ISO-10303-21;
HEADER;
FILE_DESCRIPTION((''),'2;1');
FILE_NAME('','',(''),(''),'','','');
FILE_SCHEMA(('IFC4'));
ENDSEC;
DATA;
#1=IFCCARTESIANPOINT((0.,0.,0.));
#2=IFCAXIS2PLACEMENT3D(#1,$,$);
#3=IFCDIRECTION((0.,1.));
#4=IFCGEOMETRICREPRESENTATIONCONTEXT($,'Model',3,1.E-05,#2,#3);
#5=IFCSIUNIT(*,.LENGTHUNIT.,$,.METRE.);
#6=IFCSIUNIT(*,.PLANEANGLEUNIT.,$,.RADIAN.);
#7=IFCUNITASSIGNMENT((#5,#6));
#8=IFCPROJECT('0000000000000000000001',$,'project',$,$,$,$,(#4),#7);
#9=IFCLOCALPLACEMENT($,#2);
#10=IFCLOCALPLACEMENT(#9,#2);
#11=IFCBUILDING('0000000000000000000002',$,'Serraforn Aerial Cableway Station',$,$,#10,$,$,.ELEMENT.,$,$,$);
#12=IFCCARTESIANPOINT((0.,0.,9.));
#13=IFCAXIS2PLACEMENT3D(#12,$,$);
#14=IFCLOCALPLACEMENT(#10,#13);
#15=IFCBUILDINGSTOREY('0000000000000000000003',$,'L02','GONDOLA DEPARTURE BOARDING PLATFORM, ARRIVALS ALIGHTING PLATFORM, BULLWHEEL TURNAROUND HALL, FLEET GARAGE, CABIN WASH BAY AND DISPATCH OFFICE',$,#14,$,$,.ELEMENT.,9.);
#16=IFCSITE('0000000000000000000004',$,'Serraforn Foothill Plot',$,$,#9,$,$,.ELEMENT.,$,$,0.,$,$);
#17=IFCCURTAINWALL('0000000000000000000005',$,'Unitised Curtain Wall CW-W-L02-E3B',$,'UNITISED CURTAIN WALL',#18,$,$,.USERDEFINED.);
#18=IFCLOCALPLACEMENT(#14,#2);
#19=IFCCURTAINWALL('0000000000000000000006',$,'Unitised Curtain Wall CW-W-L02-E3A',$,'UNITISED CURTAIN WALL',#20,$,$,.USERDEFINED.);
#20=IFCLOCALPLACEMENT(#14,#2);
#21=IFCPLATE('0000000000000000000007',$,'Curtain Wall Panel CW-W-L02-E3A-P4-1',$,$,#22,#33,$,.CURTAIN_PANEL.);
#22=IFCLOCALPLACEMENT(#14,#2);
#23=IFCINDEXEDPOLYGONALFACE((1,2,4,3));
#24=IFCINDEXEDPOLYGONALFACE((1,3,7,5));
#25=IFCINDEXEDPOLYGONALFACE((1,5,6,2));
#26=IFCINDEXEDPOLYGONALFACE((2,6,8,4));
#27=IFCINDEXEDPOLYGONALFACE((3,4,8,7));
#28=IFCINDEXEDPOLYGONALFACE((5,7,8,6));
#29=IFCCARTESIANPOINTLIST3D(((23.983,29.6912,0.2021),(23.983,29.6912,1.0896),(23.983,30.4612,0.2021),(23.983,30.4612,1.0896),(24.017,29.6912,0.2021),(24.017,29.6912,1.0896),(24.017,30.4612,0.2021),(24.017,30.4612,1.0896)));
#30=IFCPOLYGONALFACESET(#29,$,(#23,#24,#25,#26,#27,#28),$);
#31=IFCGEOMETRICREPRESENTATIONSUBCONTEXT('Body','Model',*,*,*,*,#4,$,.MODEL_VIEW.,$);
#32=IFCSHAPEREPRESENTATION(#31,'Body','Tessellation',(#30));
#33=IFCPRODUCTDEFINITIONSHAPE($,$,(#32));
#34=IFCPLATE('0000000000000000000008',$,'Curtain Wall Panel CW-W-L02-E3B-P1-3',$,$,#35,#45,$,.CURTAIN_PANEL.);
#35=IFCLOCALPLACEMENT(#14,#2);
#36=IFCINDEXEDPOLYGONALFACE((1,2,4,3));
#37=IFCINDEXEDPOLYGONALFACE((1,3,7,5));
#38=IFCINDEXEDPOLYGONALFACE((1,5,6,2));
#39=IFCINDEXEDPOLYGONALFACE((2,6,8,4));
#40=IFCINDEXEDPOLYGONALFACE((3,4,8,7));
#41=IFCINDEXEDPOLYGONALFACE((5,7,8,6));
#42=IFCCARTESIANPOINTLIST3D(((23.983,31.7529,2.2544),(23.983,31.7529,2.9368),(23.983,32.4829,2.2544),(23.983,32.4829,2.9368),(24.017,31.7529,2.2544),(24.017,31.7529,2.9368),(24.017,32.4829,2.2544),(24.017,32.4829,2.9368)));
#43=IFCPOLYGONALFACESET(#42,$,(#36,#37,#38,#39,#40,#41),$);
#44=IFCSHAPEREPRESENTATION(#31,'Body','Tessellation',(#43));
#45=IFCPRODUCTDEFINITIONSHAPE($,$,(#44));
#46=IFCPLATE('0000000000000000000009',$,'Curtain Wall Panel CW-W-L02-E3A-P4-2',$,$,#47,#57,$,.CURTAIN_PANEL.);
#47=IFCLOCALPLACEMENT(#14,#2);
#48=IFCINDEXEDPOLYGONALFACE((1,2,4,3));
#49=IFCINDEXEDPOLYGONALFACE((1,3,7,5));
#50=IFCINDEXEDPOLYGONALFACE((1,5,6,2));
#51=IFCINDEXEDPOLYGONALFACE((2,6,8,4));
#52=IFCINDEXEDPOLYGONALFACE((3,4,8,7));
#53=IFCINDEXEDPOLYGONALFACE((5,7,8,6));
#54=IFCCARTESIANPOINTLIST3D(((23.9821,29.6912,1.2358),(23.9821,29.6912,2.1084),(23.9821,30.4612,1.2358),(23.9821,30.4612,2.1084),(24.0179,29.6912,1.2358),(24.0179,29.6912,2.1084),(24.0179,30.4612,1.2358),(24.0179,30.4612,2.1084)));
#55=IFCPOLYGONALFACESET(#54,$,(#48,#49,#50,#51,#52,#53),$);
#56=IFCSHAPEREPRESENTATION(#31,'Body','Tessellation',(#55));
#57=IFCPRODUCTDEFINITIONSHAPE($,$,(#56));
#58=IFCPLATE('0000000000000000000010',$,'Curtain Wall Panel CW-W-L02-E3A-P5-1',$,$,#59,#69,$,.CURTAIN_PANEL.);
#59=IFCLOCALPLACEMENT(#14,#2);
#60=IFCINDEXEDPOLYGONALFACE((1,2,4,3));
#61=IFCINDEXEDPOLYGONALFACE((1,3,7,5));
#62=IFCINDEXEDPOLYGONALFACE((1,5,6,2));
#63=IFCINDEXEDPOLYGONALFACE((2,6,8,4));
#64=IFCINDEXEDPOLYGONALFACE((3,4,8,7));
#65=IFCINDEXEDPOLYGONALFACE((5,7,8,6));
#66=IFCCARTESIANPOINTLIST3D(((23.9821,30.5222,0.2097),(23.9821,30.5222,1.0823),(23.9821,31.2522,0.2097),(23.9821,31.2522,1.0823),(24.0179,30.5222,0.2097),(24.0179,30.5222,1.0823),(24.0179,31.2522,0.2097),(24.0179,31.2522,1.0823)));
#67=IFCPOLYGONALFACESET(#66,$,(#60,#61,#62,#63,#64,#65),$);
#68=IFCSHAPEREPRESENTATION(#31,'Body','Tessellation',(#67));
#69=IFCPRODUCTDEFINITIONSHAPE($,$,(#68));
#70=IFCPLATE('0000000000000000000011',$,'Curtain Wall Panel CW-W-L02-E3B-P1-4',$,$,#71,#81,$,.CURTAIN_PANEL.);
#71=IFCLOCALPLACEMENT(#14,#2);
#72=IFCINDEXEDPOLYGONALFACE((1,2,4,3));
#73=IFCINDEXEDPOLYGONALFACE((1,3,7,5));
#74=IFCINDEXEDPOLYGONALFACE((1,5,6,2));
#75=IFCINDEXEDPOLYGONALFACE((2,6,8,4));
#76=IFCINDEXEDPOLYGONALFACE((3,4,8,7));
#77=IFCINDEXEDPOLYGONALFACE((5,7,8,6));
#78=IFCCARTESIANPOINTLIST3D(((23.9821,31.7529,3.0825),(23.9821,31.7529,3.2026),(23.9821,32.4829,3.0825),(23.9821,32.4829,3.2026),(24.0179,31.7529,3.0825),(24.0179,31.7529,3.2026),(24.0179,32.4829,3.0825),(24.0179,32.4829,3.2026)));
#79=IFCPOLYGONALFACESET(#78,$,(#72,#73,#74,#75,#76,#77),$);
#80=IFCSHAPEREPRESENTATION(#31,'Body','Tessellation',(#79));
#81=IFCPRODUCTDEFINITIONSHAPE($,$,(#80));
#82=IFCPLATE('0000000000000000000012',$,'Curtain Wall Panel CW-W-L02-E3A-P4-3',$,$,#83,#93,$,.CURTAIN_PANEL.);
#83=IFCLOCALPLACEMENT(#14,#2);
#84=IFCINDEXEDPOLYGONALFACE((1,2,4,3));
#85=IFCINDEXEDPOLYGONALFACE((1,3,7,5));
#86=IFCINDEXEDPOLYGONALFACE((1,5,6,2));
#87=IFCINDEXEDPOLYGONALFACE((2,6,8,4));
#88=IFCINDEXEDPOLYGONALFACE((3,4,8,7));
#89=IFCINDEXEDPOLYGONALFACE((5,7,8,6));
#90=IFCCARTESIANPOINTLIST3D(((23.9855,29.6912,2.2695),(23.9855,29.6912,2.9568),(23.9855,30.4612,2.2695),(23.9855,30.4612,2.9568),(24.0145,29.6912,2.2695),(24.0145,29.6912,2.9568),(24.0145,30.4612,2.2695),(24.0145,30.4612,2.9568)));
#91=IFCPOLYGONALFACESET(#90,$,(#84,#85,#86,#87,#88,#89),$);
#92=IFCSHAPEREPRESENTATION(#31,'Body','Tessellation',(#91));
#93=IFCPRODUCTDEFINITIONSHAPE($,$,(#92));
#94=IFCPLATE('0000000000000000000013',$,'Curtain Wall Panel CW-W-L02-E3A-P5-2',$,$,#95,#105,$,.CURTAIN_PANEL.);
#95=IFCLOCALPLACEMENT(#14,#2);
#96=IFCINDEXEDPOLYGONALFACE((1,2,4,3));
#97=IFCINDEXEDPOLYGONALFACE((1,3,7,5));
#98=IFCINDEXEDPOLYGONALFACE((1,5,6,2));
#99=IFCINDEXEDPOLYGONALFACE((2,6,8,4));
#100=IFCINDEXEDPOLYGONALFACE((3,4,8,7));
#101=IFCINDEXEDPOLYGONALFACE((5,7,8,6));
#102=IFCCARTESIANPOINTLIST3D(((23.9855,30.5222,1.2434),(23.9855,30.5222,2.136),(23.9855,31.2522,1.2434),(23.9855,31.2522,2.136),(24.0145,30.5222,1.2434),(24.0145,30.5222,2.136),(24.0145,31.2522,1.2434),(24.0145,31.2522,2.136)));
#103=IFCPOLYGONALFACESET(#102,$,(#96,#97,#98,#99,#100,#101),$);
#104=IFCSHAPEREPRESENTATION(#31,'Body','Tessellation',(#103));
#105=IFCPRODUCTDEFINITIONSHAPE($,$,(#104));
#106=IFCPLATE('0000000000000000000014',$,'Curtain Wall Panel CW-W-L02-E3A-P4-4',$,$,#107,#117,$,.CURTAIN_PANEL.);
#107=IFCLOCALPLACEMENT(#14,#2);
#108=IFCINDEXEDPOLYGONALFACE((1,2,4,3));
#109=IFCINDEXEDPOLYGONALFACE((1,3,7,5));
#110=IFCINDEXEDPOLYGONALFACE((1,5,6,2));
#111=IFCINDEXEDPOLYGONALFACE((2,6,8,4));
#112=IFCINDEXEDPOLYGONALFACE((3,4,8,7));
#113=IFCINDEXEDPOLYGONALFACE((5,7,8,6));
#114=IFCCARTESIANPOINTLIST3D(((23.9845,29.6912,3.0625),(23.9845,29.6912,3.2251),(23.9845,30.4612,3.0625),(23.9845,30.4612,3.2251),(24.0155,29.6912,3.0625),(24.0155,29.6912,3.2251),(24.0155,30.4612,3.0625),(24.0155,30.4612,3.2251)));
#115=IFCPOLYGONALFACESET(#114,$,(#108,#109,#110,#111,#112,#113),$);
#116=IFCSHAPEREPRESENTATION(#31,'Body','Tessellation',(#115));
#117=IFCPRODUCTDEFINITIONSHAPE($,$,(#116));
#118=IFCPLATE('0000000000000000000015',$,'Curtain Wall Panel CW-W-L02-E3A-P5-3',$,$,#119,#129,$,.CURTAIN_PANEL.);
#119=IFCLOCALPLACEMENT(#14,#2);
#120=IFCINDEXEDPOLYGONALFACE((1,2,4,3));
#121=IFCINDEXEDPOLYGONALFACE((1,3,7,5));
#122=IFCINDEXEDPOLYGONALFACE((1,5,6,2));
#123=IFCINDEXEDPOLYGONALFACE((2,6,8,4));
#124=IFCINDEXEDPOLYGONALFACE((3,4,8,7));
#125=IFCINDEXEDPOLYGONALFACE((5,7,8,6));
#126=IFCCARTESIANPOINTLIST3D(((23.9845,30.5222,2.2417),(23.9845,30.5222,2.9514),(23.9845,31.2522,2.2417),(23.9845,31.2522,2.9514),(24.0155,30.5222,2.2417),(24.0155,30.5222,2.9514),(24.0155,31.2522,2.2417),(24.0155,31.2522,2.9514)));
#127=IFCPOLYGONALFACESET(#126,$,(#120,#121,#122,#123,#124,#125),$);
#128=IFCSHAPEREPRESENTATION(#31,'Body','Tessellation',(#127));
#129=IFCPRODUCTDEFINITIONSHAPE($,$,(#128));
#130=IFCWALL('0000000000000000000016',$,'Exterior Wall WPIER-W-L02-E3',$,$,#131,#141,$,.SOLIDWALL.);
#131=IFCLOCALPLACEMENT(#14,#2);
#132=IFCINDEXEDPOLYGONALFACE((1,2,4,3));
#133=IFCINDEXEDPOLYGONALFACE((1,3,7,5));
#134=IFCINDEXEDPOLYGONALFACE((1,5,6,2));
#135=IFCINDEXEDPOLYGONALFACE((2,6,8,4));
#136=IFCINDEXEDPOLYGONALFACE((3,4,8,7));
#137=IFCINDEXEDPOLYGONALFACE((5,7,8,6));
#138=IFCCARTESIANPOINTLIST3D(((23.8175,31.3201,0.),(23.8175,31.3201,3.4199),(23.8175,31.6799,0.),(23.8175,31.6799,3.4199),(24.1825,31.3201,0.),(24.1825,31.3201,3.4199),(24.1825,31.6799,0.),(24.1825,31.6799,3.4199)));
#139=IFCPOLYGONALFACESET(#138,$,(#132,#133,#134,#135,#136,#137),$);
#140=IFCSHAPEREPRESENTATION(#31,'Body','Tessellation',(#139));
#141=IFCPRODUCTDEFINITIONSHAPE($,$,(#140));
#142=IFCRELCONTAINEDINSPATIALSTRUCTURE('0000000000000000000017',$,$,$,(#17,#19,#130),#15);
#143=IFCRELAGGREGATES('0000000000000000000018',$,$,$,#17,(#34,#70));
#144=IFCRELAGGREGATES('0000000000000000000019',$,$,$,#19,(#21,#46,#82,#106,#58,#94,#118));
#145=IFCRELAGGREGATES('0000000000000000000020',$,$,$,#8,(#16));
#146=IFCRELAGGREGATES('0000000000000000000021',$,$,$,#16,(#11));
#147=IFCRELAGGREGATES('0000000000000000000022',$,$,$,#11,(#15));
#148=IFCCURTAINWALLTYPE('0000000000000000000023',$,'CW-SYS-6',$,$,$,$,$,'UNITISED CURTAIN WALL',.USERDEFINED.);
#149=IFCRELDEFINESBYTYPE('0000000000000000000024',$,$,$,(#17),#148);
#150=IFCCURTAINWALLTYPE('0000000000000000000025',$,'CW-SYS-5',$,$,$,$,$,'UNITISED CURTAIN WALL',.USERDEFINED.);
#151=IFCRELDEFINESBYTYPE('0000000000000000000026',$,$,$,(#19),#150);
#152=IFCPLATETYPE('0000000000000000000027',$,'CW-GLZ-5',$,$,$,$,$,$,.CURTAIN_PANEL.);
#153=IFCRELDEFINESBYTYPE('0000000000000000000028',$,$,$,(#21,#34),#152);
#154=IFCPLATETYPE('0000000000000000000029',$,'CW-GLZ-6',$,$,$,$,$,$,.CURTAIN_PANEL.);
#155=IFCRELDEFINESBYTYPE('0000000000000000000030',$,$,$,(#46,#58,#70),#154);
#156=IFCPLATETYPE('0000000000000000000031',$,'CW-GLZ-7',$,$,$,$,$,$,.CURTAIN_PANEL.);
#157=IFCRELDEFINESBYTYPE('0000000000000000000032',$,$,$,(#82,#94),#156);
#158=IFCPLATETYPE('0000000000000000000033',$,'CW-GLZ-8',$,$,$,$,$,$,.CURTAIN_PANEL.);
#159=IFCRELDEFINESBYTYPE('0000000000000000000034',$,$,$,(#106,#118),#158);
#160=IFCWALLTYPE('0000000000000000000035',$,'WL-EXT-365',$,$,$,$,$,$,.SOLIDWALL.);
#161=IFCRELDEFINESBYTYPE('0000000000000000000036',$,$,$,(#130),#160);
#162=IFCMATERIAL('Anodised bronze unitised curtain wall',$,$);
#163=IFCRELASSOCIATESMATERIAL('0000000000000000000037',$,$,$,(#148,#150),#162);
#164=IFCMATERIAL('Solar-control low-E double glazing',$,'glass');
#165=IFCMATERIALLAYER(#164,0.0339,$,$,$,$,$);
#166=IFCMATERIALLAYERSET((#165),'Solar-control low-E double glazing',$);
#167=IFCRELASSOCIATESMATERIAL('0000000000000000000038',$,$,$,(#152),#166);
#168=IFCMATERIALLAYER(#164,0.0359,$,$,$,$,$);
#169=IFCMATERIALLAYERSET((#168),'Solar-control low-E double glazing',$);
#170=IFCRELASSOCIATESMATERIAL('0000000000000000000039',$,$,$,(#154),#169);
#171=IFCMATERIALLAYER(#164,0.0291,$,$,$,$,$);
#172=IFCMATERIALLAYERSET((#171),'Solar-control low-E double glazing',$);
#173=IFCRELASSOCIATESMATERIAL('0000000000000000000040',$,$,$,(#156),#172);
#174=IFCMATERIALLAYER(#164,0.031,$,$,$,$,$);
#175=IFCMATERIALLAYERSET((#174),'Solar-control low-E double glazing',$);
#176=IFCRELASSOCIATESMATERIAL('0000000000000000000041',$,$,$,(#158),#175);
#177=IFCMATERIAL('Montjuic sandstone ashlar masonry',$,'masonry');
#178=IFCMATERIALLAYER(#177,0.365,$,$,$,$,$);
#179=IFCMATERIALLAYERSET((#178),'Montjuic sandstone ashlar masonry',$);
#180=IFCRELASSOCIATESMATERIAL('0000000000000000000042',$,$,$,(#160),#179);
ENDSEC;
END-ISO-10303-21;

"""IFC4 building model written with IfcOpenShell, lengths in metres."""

from ifc_helpers import new_model, si_unit, direction, frame, frame_2d, origin, origin_2d, place, context, subcontext, project, spatial, rectangle, extrude, material, layer, layer_set, type_object, element, aggregate, save


model = new_model("IFC4")

# Units and contexts
model_context = context("Model", 3, precision=1e-05, world=origin(), true_north=direction((0.0, 1.0)))
body_context = subcontext(model_context, "Body", "Model", "MODEL_VIEW")
ifc_project = project(units=[si_unit("LENGTHUNIT", "METRE"), si_unit("PLANEANGLEUNIT", "RADIAN")], contexts=[model_context])

# Site, building, storey
site_placement = place(None, origin())
site = spatial("IfcSite", under=ifc_project, at=site_placement, Name="Serraforn Foothill Plot", CompositionType="ELEMENT", RefElevation=0.0)
building_placement = place(site_placement, origin())
building = spatial("IfcBuilding", under=site, at=building_placement, Name="Serraforn Aerial Cableway Station", CompositionType="ELEMENT")
storey_placement = place(building_placement, frame((0.0, 0.0, 9.0)))
storey = spatial("IfcBuildingStorey", under=building, at=storey_placement, Name="L02", Description="GONDOLA DEPARTURE BOARDING PLATFORM, ARRIVALS ALIGHTING PLATFORM, BULLWHEEL TURNAROUND HALL, FLEET GARAGE, CABIN WASH BAY AND DISPATCH OFFICE", CompositionType="ELEMENT", Elevation=9.0)

# Curtain wall
ifc_material_1 = material(Name="Anodised bronze unitised curtain wall")
curtain_wall_type_1 = type_object("IfcCurtainWallType", Name="CW-SYS-6", ElementType="UNITISED CURTAIN WALL", PredefinedType="USERDEFINED", material=ifc_material_1)
curtain_wall_1_placement = place(storey_placement, origin())
curtain_wall_1 = element("IfcCurtainWall", 1, at=curtain_wall_1_placement, inside=storey, type_object=curtain_wall_type_1, Name="Unitised Curtain Wall CW-W-L02-E3B", ObjectType="UNITISED CURTAIN WALL", PredefinedType="USERDEFINED")

# Curtain wall
curtain_wall_type_2 = type_object("IfcCurtainWallType", Name="CW-SYS-5", ElementType="UNITISED CURTAIN WALL", PredefinedType="USERDEFINED", material=ifc_material_1)
curtain_wall_2_placement = place(storey_placement, origin())
curtain_wall_2 = element("IfcCurtainWall", 2, at=curtain_wall_2_placement, inside=storey, type_object=curtain_wall_type_2, Name="Unitised Curtain Wall CW-W-L02-E3A", ObjectType="UNITISED CURTAIN WALL", PredefinedType="USERDEFINED")

# Shared definitions
ifc_material_2 = material(Name="Solar-control low-E double glazing", Category="glass")

# Plates
ifc_layer_1 = layer(ifc_material_2, 0.0339)
ifc_layer_set_1 = layer_set([ifc_layer_1], Name="Solar-control low-E double glazing")
plate_type_1 = type_object("IfcPlateType", Name="CW-GLZ-5", PredefinedType="CURTAIN_PANEL", material=ifc_layer_set_1)
plate_1_placement = place(storey_placement, frame((24.0, 30.0762, 0.2021), z_axis=(0.0, 0.0, 1.0), x_axis=(1.0, 0.0, 0.0)))
plate_1 = element("IfcPlate", 3, at=plate_1_placement, type_object=plate_type_1, Name="Curtain Wall Panel CW-W-L02-E3A-P4-1", PredefinedType="CURTAIN_PANEL", context=body_context, shape_type="SweptSolid", body=[
    extrude(rectangle(XDim=0.0339, YDim=0.77, at=origin_2d()), origin(), (0.0, 0.0, 1.0), 0.8875),
])
plate_2_placement = place(storey_placement, frame((24.0, 32.1179, 2.2544), z_axis=(0.0, 0.0, 1.0), x_axis=(1.0, 0.0, 0.0)))
plate_2 = element("IfcPlate", 4, at=plate_2_placement, type_object=plate_type_1, Name="Curtain Wall Panel CW-W-L02-E3B-P1-3", PredefinedType="CURTAIN_PANEL", context=body_context, shape_type="SweptSolid", body=[
    extrude(rectangle(XDim=0.0339, YDim=0.73, at=origin_2d()), origin(), (0.0, 0.0, 1.0), 0.6824),
])
ifc_layer_2 = layer(ifc_material_2, 0.0359)
ifc_layer_set_2 = layer_set([ifc_layer_2], Name="Solar-control low-E double glazing")
plate_type_2 = type_object("IfcPlateType", Name="CW-GLZ-6", PredefinedType="CURTAIN_PANEL", material=ifc_layer_set_2)
plate_3_placement = place(storey_placement, frame((24.0, 30.0762, 1.2358), z_axis=(0.0, 0.0, 1.0), x_axis=(1.0, 0.0, 0.0)))
plate_3 = element("IfcPlate", 5, at=plate_3_placement, type_object=plate_type_2, Name="Curtain Wall Panel CW-W-L02-E3A-P4-2", PredefinedType="CURTAIN_PANEL", context=body_context, shape_type="SweptSolid", body=[
    extrude(rectangle(XDim=0.0359, YDim=0.77, at=origin_2d()), origin(), (0.0, 0.0, 1.0), 0.8726),
])
plate_4_placement = place(storey_placement, frame((24.0, 30.8872, 0.2097), z_axis=(0.0, 0.0, 1.0), x_axis=(1.0, 0.0, 0.0)))
plate_4 = element("IfcPlate", 6, at=plate_4_placement, type_object=plate_type_2, Name="Curtain Wall Panel CW-W-L02-E3A-P5-1", PredefinedType="CURTAIN_PANEL", context=body_context, shape_type="SweptSolid", body=[
    extrude(rectangle(XDim=0.0359, YDim=0.73, at=origin_2d()), origin(), (0.0, 0.0, 1.0), 0.8726),
])
plate_5_placement = place(storey_placement, frame((24.0, 32.1179, 3.0825), z_axis=(0.0, 0.0, 1.0), x_axis=(1.0, 0.0, 0.0)))
plate_5 = element("IfcPlate", 7, at=plate_5_placement, type_object=plate_type_2, Name="Curtain Wall Panel CW-W-L02-E3B-P1-4", PredefinedType="CURTAIN_PANEL", context=body_context, shape_type="SweptSolid", body=[
    extrude(rectangle(XDim=0.0359, YDim=0.73, at=origin_2d()), origin(), (0.0, 0.0, 1.0), 0.1201),
])
aggregate(curtain_wall_1, [plate_2, plate_5])
ifc_layer_3 = layer(ifc_material_2, 0.0291)
ifc_layer_set_3 = layer_set([ifc_layer_3], Name="Solar-control low-E double glazing")
plate_type_3 = type_object("IfcPlateType", Name="CW-GLZ-7", PredefinedType="CURTAIN_PANEL", material=ifc_layer_set_3)
plate_6_placement = place(storey_placement, frame((24.0, 30.0762, 2.2695), z_axis=(0.0, 0.0, 1.0), x_axis=(1.0, 0.0, 0.0)))
plate_6 = element("IfcPlate", 8, at=plate_6_placement, type_object=plate_type_3, Name="Curtain Wall Panel CW-W-L02-E3A-P4-3", PredefinedType="CURTAIN_PANEL", context=body_context, shape_type="SweptSolid", body=[
    extrude(rectangle(XDim=0.0291, YDim=0.77, at=origin_2d()), origin(), (0.0, 0.0, 1.0), 0.6873),
])
plate_7_placement = place(storey_placement, frame((24.0, 30.8872, 1.2434), z_axis=(0.0, 0.0, 1.0), x_axis=(1.0, 0.0, 0.0)))
plate_7 = element("IfcPlate", 9, at=plate_7_placement, type_object=plate_type_3, Name="Curtain Wall Panel CW-W-L02-E3A-P5-2", PredefinedType="CURTAIN_PANEL", context=body_context, shape_type="SweptSolid", body=[
    extrude(rectangle(XDim=0.0291, YDim=0.73, at=origin_2d()), origin(), (0.0, 0.0, 1.0), 0.8926),
])
ifc_layer_4 = layer(ifc_material_2, 0.031)
ifc_layer_set_4 = layer_set([ifc_layer_4], Name="Solar-control low-E double glazing")
plate_type_4 = type_object("IfcPlateType", Name="CW-GLZ-8", PredefinedType="CURTAIN_PANEL", material=ifc_layer_set_4)
plate_8_placement = place(storey_placement, frame((24.0, 30.0762, 3.0625), z_axis=(0.0, 0.0, 1.0), x_axis=(1.0, 0.0, 0.0)))
plate_8 = element("IfcPlate", 10, at=plate_8_placement, type_object=plate_type_4, Name="Curtain Wall Panel CW-W-L02-E3A-P4-4", PredefinedType="CURTAIN_PANEL", context=body_context, shape_type="SweptSolid", body=[
    extrude(rectangle(XDim=0.031, YDim=0.77, at=origin_2d()), origin(), (0.0, 0.0, 1.0), 0.1626),
])
plate_9_placement = place(storey_placement, frame((24.0, 30.8872, 2.2417), z_axis=(0.0, 0.0, 1.0), x_axis=(1.0, 0.0, 0.0)))
plate_9 = element("IfcPlate", 11, at=plate_9_placement, type_object=plate_type_4, Name="Curtain Wall Panel CW-W-L02-E3A-P5-3", PredefinedType="CURTAIN_PANEL", context=body_context, shape_type="SweptSolid", body=[
    extrude(rectangle(XDim=0.031, YDim=0.73, at=origin_2d()), origin(), (0.0, 0.0, 1.0), 0.7097),
])
aggregate(curtain_wall_2, [plate_1, plate_3, plate_6, plate_8, plate_4, plate_7, plate_9])

# Wall
ifc_material_3 = material(Name="Montjuic sandstone ashlar masonry", Category="masonry")
ifc_layer_5 = layer(ifc_material_3, 0.365)
ifc_layer_set_5 = layer_set([ifc_layer_5], Name="Montjuic sandstone ashlar masonry")
wall_type = type_object("IfcWallType", Name="WL-EXT-365", PredefinedType="SOLIDWALL", material=ifc_layer_set_5)
wall_placement = place(storey_placement, frame((24.0, 31.3201, 0.0), z_axis=(0.0, 0.0, 1.0), x_axis=(0.0, 1.0, 0.0)))
element("IfcWall", 12, at=wall_placement, inside=storey, type_object=wall_type, Name="Exterior Wall WPIER-W-L02-E3", PredefinedType="SOLIDWALL", context=body_context, shape_type="SweptSolid", body=[
    extrude(rectangle(XDim=0.3599, YDim=0.365, at=frame_2d((0.1799, 0.0))), origin(), (0.0, 0.0, 1.0), 3.4199),
])

save(model, "model.ifc")
